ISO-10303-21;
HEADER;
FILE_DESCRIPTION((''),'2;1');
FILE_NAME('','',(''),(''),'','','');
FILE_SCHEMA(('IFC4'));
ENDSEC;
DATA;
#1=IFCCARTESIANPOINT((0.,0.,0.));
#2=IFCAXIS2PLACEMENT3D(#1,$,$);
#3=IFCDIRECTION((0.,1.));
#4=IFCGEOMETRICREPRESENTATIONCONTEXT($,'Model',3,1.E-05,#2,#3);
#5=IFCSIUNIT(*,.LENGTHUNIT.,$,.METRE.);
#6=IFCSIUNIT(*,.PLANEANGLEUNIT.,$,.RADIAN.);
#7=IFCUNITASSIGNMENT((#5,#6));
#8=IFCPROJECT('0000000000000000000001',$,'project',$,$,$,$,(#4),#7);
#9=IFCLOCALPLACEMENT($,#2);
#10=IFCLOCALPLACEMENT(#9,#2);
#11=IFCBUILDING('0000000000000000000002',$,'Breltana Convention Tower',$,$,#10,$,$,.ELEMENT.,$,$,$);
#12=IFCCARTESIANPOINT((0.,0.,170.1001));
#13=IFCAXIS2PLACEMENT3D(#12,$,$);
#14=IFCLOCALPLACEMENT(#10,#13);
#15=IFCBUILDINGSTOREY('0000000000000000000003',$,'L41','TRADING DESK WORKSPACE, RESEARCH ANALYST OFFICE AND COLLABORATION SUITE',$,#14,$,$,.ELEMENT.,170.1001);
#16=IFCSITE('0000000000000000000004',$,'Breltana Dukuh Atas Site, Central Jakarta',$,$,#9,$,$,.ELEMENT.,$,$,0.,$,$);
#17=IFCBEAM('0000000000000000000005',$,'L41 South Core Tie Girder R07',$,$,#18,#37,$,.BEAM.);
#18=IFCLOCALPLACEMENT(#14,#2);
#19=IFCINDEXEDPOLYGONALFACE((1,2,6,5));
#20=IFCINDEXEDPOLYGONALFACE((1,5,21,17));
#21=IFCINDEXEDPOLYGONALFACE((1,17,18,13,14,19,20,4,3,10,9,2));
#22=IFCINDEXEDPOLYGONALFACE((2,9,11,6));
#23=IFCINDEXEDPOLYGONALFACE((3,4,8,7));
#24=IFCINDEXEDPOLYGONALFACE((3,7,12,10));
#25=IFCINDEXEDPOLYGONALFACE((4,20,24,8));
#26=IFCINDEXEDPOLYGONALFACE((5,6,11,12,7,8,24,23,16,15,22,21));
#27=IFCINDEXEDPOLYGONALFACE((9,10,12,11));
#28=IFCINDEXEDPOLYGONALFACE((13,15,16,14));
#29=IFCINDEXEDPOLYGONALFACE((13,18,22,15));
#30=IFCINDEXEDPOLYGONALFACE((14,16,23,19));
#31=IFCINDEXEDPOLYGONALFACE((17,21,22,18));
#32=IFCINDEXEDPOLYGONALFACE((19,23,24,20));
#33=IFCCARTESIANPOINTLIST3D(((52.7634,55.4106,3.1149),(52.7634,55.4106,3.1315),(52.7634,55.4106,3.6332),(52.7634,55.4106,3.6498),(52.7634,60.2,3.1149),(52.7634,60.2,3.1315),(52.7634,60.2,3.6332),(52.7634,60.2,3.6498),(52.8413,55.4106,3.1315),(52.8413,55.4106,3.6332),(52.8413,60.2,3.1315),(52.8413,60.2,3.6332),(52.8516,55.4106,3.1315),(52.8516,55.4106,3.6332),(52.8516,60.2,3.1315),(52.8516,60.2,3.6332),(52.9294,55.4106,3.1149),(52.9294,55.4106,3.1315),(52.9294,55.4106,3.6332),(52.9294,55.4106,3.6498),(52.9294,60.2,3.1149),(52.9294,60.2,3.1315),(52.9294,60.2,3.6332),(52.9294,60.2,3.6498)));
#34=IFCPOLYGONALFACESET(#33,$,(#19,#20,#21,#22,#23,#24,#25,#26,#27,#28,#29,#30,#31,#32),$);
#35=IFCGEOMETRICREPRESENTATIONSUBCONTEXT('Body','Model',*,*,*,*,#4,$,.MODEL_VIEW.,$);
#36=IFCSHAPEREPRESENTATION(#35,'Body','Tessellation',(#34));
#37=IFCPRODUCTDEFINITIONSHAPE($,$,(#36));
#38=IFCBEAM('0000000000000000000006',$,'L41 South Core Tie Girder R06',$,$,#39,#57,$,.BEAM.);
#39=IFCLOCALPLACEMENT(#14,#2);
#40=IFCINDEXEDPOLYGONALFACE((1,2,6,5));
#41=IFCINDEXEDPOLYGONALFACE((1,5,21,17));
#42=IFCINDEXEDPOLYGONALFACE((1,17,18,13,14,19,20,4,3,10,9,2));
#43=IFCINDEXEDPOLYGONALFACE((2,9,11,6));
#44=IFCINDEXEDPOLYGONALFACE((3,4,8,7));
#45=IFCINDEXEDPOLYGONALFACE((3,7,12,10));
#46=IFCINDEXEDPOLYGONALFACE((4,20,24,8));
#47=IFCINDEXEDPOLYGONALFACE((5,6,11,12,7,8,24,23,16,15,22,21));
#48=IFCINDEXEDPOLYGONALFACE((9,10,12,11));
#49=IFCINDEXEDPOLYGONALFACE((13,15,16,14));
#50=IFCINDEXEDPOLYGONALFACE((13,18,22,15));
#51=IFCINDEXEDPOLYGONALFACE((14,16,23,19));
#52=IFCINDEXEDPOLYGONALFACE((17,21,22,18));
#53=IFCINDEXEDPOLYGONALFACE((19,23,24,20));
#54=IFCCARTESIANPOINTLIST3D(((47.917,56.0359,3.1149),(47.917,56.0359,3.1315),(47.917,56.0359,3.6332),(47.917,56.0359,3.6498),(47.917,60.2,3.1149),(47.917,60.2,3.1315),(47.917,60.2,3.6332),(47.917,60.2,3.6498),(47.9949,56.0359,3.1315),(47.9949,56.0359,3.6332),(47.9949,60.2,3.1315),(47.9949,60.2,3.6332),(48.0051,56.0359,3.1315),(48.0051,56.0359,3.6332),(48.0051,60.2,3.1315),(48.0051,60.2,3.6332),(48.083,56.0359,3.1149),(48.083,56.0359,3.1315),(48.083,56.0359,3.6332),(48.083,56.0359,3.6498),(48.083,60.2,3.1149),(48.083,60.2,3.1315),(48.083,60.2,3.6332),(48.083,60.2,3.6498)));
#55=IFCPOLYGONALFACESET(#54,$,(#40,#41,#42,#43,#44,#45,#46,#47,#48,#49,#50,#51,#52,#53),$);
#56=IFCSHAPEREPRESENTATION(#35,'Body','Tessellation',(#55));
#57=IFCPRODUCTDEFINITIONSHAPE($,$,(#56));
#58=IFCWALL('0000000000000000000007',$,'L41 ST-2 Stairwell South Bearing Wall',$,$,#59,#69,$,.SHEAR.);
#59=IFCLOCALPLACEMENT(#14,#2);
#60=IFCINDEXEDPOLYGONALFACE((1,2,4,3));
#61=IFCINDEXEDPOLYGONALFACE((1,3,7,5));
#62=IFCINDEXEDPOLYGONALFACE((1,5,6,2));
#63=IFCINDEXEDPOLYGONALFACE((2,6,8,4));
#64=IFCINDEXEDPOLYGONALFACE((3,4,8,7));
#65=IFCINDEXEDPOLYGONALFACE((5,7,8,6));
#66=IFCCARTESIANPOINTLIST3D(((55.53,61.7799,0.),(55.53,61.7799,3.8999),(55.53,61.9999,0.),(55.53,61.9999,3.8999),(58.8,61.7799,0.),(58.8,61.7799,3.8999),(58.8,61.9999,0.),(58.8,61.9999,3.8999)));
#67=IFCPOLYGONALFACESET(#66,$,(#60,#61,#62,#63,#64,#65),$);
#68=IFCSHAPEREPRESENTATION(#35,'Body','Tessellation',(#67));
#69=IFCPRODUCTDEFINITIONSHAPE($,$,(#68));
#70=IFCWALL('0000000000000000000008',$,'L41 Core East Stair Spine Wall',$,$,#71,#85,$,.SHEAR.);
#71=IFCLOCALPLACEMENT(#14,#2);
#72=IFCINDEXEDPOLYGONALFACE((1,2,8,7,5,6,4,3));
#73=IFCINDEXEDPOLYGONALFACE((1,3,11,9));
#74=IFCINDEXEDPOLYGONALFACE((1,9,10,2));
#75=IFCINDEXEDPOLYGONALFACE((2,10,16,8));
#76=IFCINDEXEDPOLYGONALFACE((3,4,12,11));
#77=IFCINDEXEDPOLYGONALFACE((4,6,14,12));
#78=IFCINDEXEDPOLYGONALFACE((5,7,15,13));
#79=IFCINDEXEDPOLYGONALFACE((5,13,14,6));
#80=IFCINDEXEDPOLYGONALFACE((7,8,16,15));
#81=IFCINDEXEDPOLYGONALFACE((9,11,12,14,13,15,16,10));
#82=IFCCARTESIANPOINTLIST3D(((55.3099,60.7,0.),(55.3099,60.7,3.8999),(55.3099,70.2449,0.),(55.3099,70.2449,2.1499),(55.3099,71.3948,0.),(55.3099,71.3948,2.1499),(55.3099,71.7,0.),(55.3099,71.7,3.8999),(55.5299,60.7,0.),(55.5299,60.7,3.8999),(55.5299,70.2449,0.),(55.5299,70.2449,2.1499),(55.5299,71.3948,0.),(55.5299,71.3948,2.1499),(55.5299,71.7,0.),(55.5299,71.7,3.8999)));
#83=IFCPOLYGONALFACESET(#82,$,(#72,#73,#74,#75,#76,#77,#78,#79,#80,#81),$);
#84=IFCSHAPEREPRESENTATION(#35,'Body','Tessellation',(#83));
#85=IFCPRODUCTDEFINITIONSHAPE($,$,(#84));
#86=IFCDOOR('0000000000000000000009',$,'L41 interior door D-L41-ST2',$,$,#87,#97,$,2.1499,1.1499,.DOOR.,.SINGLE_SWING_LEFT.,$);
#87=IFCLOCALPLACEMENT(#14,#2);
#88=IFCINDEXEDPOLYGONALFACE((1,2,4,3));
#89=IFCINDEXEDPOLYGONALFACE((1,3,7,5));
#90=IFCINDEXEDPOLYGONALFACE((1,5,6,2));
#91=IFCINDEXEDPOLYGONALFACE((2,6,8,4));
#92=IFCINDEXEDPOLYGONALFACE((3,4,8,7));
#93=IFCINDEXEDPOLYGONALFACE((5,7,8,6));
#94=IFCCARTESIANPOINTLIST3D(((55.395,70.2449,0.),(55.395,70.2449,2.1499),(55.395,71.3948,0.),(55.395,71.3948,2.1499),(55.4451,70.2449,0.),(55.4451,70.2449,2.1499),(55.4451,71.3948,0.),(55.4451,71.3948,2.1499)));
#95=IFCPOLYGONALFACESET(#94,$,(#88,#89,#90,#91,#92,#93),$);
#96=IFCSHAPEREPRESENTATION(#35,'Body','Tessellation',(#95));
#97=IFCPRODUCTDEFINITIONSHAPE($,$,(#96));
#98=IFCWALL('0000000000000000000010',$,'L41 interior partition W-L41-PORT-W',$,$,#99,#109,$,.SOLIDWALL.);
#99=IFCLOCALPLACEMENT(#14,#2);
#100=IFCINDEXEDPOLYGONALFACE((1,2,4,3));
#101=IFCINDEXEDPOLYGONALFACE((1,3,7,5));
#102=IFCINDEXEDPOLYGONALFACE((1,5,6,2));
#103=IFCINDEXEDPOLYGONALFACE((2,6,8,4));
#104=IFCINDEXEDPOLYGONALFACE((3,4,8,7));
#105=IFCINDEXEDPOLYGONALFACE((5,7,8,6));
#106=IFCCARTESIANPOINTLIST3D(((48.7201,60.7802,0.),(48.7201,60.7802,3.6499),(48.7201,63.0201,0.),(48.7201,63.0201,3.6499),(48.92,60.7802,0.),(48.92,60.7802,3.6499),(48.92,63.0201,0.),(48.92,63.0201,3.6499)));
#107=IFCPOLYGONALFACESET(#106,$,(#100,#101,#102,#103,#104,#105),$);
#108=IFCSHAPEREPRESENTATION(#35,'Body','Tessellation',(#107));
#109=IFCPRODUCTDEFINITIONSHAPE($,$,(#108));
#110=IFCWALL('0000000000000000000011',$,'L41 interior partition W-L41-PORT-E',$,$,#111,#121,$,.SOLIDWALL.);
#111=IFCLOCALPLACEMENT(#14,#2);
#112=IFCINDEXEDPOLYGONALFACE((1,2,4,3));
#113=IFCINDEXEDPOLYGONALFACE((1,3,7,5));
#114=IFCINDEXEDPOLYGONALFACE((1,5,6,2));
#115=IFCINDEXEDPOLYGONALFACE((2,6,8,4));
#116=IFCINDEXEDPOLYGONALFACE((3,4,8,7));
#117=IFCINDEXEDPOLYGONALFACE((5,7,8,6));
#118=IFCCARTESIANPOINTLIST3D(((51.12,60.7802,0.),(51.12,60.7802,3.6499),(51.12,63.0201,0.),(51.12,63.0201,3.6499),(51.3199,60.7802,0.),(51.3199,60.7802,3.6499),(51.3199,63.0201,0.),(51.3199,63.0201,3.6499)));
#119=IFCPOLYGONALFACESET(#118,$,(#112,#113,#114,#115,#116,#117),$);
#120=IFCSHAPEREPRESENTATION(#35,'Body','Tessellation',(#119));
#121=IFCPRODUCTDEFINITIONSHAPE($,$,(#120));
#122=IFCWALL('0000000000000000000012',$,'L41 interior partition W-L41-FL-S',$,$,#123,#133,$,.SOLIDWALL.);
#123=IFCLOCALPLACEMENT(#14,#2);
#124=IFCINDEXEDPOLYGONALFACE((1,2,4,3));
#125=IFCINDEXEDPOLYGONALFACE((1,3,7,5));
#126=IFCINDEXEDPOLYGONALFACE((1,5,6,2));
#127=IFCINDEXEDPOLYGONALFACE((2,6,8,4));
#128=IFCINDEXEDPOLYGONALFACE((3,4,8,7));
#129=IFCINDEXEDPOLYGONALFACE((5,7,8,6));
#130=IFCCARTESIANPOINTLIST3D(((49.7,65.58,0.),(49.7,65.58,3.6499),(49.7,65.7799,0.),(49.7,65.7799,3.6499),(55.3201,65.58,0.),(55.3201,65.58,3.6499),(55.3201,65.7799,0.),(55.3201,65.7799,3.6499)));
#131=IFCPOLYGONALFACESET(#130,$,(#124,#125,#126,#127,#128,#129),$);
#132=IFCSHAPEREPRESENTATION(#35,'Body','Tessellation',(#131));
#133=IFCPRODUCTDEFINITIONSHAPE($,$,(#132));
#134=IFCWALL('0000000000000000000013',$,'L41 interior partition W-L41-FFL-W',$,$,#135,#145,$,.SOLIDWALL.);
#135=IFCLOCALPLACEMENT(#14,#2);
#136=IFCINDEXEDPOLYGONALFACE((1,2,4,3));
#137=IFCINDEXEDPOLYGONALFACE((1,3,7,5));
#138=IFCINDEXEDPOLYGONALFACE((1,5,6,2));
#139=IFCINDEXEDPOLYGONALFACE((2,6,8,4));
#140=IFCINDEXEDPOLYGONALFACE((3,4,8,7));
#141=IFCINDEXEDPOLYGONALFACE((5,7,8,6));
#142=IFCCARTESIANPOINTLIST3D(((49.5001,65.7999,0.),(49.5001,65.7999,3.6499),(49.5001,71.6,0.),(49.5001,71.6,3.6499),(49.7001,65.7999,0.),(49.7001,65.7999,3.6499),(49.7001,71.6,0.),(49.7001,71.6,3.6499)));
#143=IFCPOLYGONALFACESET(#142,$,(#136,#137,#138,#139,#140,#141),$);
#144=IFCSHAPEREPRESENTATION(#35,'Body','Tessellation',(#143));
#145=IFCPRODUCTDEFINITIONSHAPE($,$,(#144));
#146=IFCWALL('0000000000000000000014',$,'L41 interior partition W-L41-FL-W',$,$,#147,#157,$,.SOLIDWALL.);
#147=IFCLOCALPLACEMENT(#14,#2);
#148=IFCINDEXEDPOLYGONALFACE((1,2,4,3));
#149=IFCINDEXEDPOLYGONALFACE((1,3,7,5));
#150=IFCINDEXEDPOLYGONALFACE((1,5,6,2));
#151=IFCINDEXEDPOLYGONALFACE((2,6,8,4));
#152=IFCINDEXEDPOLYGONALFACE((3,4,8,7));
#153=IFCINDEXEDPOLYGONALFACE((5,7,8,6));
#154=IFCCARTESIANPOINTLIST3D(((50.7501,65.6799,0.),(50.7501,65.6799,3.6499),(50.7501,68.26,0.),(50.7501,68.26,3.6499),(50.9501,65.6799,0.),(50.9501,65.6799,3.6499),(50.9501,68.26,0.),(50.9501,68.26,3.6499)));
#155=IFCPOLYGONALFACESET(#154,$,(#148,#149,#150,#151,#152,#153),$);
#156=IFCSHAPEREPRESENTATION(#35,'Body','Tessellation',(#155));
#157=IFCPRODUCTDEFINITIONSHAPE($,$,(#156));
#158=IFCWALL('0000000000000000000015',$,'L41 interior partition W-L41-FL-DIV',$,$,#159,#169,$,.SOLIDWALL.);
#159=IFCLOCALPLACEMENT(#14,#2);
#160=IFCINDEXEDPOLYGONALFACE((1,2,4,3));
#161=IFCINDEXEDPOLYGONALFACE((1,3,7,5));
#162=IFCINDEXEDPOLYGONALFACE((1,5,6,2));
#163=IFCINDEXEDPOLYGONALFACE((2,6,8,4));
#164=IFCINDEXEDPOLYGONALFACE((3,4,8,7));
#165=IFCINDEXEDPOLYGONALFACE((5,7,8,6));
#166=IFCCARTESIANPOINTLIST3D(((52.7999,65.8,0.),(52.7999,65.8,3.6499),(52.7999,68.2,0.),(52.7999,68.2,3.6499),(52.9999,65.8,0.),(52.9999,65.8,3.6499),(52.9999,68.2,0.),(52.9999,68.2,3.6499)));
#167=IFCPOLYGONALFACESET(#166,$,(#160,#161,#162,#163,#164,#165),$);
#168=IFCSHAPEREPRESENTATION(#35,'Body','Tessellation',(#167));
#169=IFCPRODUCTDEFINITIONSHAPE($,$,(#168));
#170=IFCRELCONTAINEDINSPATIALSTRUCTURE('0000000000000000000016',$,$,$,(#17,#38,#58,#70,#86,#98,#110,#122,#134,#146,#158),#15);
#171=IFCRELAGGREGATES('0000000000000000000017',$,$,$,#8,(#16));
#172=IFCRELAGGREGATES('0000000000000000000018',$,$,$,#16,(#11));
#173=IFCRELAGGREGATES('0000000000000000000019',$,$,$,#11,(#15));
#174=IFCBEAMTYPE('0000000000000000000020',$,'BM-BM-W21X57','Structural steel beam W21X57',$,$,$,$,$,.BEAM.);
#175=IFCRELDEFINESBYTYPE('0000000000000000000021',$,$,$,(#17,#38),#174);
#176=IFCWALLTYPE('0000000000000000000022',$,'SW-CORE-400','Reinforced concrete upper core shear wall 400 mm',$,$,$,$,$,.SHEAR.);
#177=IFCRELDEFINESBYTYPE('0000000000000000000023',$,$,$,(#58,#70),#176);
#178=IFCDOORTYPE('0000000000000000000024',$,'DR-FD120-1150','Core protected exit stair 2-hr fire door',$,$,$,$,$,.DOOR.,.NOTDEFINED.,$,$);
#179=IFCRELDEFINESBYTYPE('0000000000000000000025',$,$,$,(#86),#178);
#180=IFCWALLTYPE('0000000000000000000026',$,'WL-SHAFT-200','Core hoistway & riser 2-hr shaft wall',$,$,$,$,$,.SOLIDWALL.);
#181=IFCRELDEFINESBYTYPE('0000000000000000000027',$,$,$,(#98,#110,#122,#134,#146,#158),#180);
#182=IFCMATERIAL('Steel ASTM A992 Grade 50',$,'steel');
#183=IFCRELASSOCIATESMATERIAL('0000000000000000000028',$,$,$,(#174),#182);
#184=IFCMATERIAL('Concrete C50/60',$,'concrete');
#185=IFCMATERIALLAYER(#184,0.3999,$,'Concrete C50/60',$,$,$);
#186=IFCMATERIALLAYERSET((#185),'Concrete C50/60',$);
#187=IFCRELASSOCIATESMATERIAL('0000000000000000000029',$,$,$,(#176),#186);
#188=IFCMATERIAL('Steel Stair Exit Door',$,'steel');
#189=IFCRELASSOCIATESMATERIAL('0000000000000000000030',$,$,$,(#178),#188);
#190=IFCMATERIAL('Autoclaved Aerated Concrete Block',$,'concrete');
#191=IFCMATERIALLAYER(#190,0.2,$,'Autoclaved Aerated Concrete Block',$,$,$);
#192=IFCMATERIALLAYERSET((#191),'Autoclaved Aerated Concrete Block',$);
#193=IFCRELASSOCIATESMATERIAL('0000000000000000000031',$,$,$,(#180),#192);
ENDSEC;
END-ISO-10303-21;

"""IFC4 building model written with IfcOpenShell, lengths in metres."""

from ifc_helpers import new_model, si_unit, direction, frame, frame_2d, origin, origin_2d, place, context, subcontext, project, spatial, rectangle, i_section, extrude, source, transform, mapped, material, layer, layer_set, material_profile, profile_set, type_object, type_shapes, element, fill, save


model = new_model("IFC4")

# Units and contexts
model_context = context("Model", 3, precision=1e-05, world=origin(), true_north=direction((0.0, 1.0)))
body_context = subcontext(model_context, "Body", "Model", "MODEL_VIEW")
ifc_project = project(units=[si_unit("LENGTHUNIT", "METRE"), si_unit("PLANEANGLEUNIT", "RADIAN")], contexts=[model_context])

# Site, building, storey
site_placement = place(None, origin())
site = spatial("IfcSite", under=ifc_project, at=site_placement, Name="Breltana Dukuh Atas Site, Central Jakarta", CompositionType="ELEMENT", RefElevation=0.0)
building_placement = place(site_placement, origin())
building = spatial("IfcBuilding", under=site, at=building_placement, Name="Breltana Convention Tower", CompositionType="ELEMENT")
storey_placement = place(building_placement, frame((0.0, 0.0, 170.1001)))
storey = spatial("IfcBuildingStorey", under=building, at=storey_placement, Name="L41", Description="TRADING DESK WORKSPACE, RESEARCH ANALYST OFFICE AND COLLABORATION SUITE", CompositionType="ELEMENT", Elevation=170.1001)

# Beams
ifc_material_1 = material(Name="Steel ASTM A992 Grade 50", Category="steel")
ifc_material_profile = material_profile(ifc_material_1, i_section(OverallWidth=0.166, OverallDepth=0.5349, WebThickness=0.0103, FlangeThickness=0.0166, at=origin_2d()), Name="W21X57")
ifc_profile_set = profile_set([ifc_material_profile], Name="Steel ASTM A992 Grade 50")
beam_type = type_object("IfcBeamType", Name="BM-BM-W21X57", Description="Structural steel beam W21X57", PredefinedType="BEAM", material=ifc_profile_set)
shared_shape_1 = source(origin(), body_context, "Body", "SweptSolid", [
    extrude(i_section(OverallWidth=0.166, OverallDepth=0.5349, WebThickness=0.0103, FlangeThickness=0.0166, at=origin_2d()), origin(), (0.0, 0.0, 1.0), 4.7893),
])
beam_1_placement = place(storey_placement, frame((52.8464, 60.2, 3.3823), z_axis=(0.0, -1.0, 0.0), x_axis=(1.0, 0.0, 0.0)))
element("IfcBeam", 1, at=beam_1_placement, inside=storey, type_object=beam_type, Name="L41 South Core Tie Girder R07", PredefinedType="BEAM", context=body_context, shape_type="MappedRepresentation", body=[
    mapped(shared_shape_1, transform((0.0, 0.0, 0.0), scale=1.0)),
])
shared_shape_2 = source(origin(), body_context, "Body", "SweptSolid", [
    extrude(i_section(OverallWidth=0.166, OverallDepth=0.5349, WebThickness=0.0103, FlangeThickness=0.0166, at=origin_2d()), origin(), (0.0, 0.0, 1.0), 4.1641),
])
beam_2_placement = place(storey_placement, frame((48.0, 60.2, 3.3823), z_axis=(0.0, -1.0, 0.0), x_axis=(1.0, 0.0, 0.0)))
element("IfcBeam", 2, at=beam_2_placement, inside=storey, type_object=beam_type, Name="L41 South Core Tie Girder R06", PredefinedType="BEAM", context=body_context, shape_type="MappedRepresentation", body=[
    mapped(shared_shape_2, transform((0.0, 0.0, 0.0), scale=1.0)),
])

# Wall
ifc_material_2 = material(Name="Concrete C50/60", Category="concrete")
ifc_layer_1 = layer(ifc_material_2, 0.3999, Name="Concrete C50/60")
ifc_layer_set_1 = layer_set([ifc_layer_1], Name="Concrete C50/60")
wall_type_1 = type_object("IfcWallType", Name="SW-CORE-400", Description="Reinforced concrete upper core shear wall 400 mm", PredefinedType="SHEAR", material=ifc_layer_set_1)
shared_shape_3 = source(origin(), body_context, "Body", "SweptSolid", [
    extrude(rectangle(XDim=3.27, YDim=0.22, at=frame_2d((1.635, 0.0))), origin(), (0.0, 0.0, 1.0), 3.8999),
])
wall_1_placement = place(storey_placement, frame((55.53, 61.8899, 0.0), z_axis=(0.0, 0.0, 1.0), x_axis=(1.0, 0.0, 0.0)))
element("IfcWall", 3, at=wall_1_placement, inside=storey, type_object=wall_type_1, Name="L41 ST-2 Stairwell South Bearing Wall", PredefinedType="SHEAR", context=body_context, shape_type="MappedRepresentation", body=[
    mapped(shared_shape_3, transform((0.0, 0.0, 0.0), scale=1.0)),
])

# Wall, opening, door
shared_shape_4 = source(origin(), body_context, "Body", "SweptSolid", [
    extrude(rectangle(XDim=11.0, YDim=0.22, at=frame_2d((5.5, 0.0))), origin(), (0.0, 0.0, 1.0), 3.8999),
])
wall_2_placement = place(storey_placement, frame((55.4199, 60.7, 0.0), z_axis=(0.0, 0.0, 1.0), x_axis=(0.0, 1.0, 0.0)))
wall_2 = element("IfcWall", 4, at=wall_2_placement, inside=storey, type_object=wall_type_1, Name="L41 Core East Stair Spine Wall", PredefinedType="SHEAR", context=body_context, shape_type="MappedRepresentation", body=[
    mapped(shared_shape_4, transform((0.0, 0.0, 0.0), scale=1.0)),
])
opening_1_placement = place(wall_2_placement, frame((9.5449, 0.0, 0.0)))
opening_1 = element("IfcOpeningElement", 5, at=opening_1_placement, cuts=wall_2, PredefinedType="OPENING", context=body_context, shape_type="SweptSolid", body=[
    extrude(rectangle(XDim=1.1499, YDim=2.1499, at=frame_2d((0.575, 1.075))), frame((0.0, 0.1201, 0.0), z_axis=(0.0, -1.0, 0.0), x_axis=(1.0, 0.0, 0.0)), (0.0, 0.0, 1.0), 0.24),
])
ifc_material_3 = material(Name="Steel Stair Exit Door", Category="steel")
door_type_1 = type_object("IfcDoorType", Name="DR-FD120-1150", Description="Core protected exit stair 2-hr fire door", OperationType="NOTDEFINED", PredefinedType="DOOR", material=ifc_material_3)
shared_shape_5 = source(origin(), body_context, "Body", "SweptSolid", [
    extrude(rectangle(XDim=1.1499, YDim=2.1499, at=frame_2d((0.575, 1.075))), frame((0.0, 0.0249, 0.0), z_axis=(0.0, -1.0, 0.0), x_axis=(1.0, 0.0, 0.0)), (0.0, 0.0, 1.0), 0.05),
])
type_shapes(door_type_1, [shared_shape_5])
door_1_placement = place(opening_1_placement, origin())
door_1 = element("IfcDoor", 6, at=door_1_placement, inside=storey, type_object=door_type_1, Name="L41 interior door D-L41-ST2", OperationType="SINGLE_SWING_LEFT", OverallHeight=2.1499, OverallWidth=1.1499, PredefinedType="DOOR", context=body_context, shape_type="MappedRepresentation", body=[
    mapped(shared_shape_5, transform((0.0, 0.0, 0.0), scale=1.0)),
])
fill(opening_1, door_1)

# Walls
ifc_material_4 = material(Name="Autoclaved Aerated Concrete Block", Category="concrete")
ifc_layer_2 = layer(ifc_material_4, 0.2, Name="Autoclaved Aerated Concrete Block")
ifc_layer_set_2 = layer_set([ifc_layer_2], Name="Autoclaved Aerated Concrete Block")
wall_type_2 = type_object("IfcWallType", Name="WL-SHAFT-200", Description="Core hoistway & riser 2-hr shaft wall", PredefinedType="SOLIDWALL", material=ifc_layer_set_2)
shared_shape_6 = source(origin(), body_context, "Body", "SweptSolid", [
    extrude(rectangle(XDim=2.24, YDim=0.2, at=frame_2d((1.1201, 0.0))), origin(), (0.0, 0.0, 1.0), 3.6499),
])
for number, where, z_axis, x_axis, name in (
    (7, (48.8201, 60.78, 0.0), (0.0, 0.0, 1.0), (0.0, 1.0, 0.0), "L41 interior partition W-L41-PORT-W"),
    (8, (51.22, 60.78, 0.0), (0.0, 0.0, 1.0), (0.0, 1.0, 0.0), "L41 interior partition W-L41-PORT-E"),
):
    element("IfcWall", number, at=place(storey_placement, frame(where, z_axis=z_axis, x_axis=x_axis)), inside=storey, type_object=wall_type_2, Name=name, PredefinedType="SOLIDWALL", context=body_context, shape_type="MappedRepresentation", body=[
        mapped(shared_shape_6, transform((0.0, 0.0, 0.0), scale=1.0)),
    ])
shared_shape_7 = source(origin(), body_context, "Body", "SweptSolid", [
    extrude(rectangle(XDim=5.6201, YDim=0.2, at=frame_2d((2.8101, 0.0))), origin(), (0.0, 0.0, 1.0), 3.6499),
])
wall_3_placement = place(storey_placement, frame((49.7, 65.6799, 0.0), z_axis=(0.0, 0.0, 1.0), x_axis=(1.0, 0.0, 0.0)))
element("IfcWall", 9, at=wall_3_placement, inside=storey, type_object=wall_type_2, Name="L41 interior partition W-L41-FL-S", PredefinedType="SOLIDWALL", context=body_context, shape_type="MappedRepresentation", body=[
    mapped(shared_shape_7, transform((0.0, 0.0, 0.0), scale=1.0)),
])
shared_shape_8 = source(origin(), body_context, "Body", "SweptSolid", [
    extrude(rectangle(XDim=5.8, YDim=0.2, at=frame_2d((2.8999, 0.0))), origin(), (0.0, 0.0, 1.0), 3.6499),
])
wall_4_placement = place(storey_placement, frame((49.6001, 65.8, 0.0), z_axis=(0.0, 0.0, 1.0), x_axis=(0.0, 1.0, 0.0)))
element("IfcWall", 10, at=wall_4_placement, inside=storey, type_object=wall_type_2, Name="L41 interior partition W-L41-FFL-W", PredefinedType="SOLIDWALL", context=body_context, shape_type="MappedRepresentation", body=[
    mapped(shared_shape_8, transform((0.0, 0.0, 0.0), scale=1.0)),
])
shared_shape_9 = source(origin(), body_context, "Body", "SweptSolid", [
    extrude(rectangle(XDim=2.5801, YDim=0.2, at=frame_2d((1.29, 0.0))), origin(), (0.0, 0.0, 1.0), 3.6499),
])
wall_5_placement = place(storey_placement, frame((50.8501, 65.6799, 0.0), z_axis=(0.0, 0.0, 1.0), x_axis=(0.0, 1.0, 0.0)))
element("IfcWall", 11, at=wall_5_placement, inside=storey, type_object=wall_type_2, Name="L41 interior partition W-L41-FL-W", PredefinedType="SOLIDWALL", context=body_context, shape_type="MappedRepresentation", body=[
    mapped(shared_shape_9, transform((0.0, 0.0, 0.0), scale=1.0)),
])
shared_shape_10 = source(origin(), body_context, "Body", "SweptSolid", [
    extrude(rectangle(XDim=2.3999, YDim=0.2, at=frame_2d((1.2, 0.0))), origin(), (0.0, 0.0, 1.0), 3.6499),
])
for number, where, z_axis, x_axis, name in (
    (12, (52.8999, 65.8, 0.0), (0.0, 0.0, 1.0), (0.0, 1.0, 0.0), "L41 interior partition W-L41-FL-DIV"),
):
    element("IfcWall", number, at=place(storey_placement, frame(where, z_axis=z_axis, x_axis=x_axis)), inside=storey, type_object=wall_type_2, Name=name, PredefinedType="SOLIDWALL", context=body_context, shape_type="MappedRepresentation", body=[
        mapped(shared_shape_10, transform((0.0, 0.0, 0.0), scale=1.0)),
    ])

save(model, "model.ifc")
